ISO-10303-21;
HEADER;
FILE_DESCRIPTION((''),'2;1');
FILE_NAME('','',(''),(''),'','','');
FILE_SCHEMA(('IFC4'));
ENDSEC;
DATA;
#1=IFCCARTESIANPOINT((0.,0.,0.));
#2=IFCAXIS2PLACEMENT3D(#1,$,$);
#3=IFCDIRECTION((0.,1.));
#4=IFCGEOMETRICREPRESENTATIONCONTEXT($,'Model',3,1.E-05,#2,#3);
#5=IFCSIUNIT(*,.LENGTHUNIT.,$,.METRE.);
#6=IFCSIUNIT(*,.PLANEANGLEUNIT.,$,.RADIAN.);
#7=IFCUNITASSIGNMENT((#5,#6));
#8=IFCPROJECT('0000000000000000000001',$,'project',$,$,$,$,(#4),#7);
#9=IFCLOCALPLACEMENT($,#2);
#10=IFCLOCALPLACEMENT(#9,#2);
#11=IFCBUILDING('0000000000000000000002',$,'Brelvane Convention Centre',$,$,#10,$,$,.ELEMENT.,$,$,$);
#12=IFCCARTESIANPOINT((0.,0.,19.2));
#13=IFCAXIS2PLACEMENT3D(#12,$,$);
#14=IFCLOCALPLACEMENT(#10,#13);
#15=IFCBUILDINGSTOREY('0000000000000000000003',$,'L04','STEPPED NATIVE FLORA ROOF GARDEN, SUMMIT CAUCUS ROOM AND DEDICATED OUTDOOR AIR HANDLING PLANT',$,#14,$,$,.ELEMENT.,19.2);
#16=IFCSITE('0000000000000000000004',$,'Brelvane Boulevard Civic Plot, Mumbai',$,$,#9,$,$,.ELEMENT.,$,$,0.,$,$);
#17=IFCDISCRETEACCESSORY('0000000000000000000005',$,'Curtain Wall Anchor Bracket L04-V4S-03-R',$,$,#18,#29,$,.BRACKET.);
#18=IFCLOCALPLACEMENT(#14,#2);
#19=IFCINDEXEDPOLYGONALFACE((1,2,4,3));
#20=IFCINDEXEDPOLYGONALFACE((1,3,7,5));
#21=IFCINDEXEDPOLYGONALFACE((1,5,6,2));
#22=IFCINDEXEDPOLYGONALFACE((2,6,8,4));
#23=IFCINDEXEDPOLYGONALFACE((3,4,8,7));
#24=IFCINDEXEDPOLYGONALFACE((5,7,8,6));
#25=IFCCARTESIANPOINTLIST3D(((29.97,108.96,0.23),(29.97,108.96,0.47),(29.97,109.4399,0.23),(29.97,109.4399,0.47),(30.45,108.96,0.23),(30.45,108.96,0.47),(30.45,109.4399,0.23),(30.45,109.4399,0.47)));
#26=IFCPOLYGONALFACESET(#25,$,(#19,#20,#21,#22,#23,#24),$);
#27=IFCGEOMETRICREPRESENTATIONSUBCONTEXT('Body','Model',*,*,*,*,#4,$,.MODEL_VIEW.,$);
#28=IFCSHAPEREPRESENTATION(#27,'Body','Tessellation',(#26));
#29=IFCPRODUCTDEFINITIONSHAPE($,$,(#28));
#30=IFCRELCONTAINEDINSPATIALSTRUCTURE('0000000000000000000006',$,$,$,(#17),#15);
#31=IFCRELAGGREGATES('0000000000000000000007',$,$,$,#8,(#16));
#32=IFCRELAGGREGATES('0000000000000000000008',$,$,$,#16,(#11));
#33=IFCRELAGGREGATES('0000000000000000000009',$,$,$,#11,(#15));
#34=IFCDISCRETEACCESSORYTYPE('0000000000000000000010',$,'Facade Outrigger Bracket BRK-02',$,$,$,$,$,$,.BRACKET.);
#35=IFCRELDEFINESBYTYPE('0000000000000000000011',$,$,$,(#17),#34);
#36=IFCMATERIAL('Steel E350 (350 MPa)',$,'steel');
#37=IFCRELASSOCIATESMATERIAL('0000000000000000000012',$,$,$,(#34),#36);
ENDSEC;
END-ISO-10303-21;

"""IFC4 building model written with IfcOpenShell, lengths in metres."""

from ifc_helpers import new_model, si_unit, direction, frame, origin, origin_2d, place, context, subcontext, project, spatial, rectangle, extrude, material, type_object, element, save


model = new_model("IFC4")

# Units and contexts
model_context = context("Model", 3, precision=1e-05, world=origin(), true_north=direction((0.0, 1.0)))
body_context = subcontext(model_context, "Body", "Model", "MODEL_VIEW")
ifc_project = project(units=[si_unit("LENGTHUNIT", "METRE"), si_unit("PLANEANGLEUNIT", "RADIAN")], contexts=[model_context])

# Site, building, storey
site_placement = place(None, origin())
site = spatial("IfcSite", under=ifc_project, at=site_placement, Name="Brelvane Boulevard Civic Plot, Mumbai", CompositionType="ELEMENT", RefElevation=0.0)
building_placement = place(site_placement, origin())
building = spatial("IfcBuilding", under=site, at=building_placement, Name="Brelvane Convention Centre", CompositionType="ELEMENT")
storey_placement = place(building_placement, frame((0.0, 0.0, 19.2)))
storey = spatial("IfcBuildingStorey", under=building, at=storey_placement, Name="L04", Description="STEPPED NATIVE FLORA ROOF GARDEN, SUMMIT CAUCUS ROOM AND DEDICATED OUTDOOR AIR HANDLING PLANT", CompositionType="ELEMENT", Elevation=19.2)

# Discrete accessory
ifc_material_1 = material(Name="Steel E350 (350 MPa)", Category="steel")
discrete_accessory_type = type_object("IfcDiscreteAccessoryType", Name="Facade Outrigger Bracket BRK-02", PredefinedType="BRACKET", material=ifc_material_1)
discrete_accessory_placement = place(storey_placement, frame((30.21, 109.2, 0.23), z_axis=(0.0, 0.0, 1.0), x_axis=(1.0, 0.0, 0.0)))
element("IfcDiscreteAccessory", 1, at=discrete_accessory_placement, inside=storey, type_object=discrete_accessory_type, Name="Curtain Wall Anchor Bracket L04-V4S-03-R", PredefinedType="BRACKET", context=body_context, shape_type="SweptSolid", body=[
    extrude(rectangle(XDim=0.48, YDim=0.48, at=origin_2d()), origin(), (0.0, 0.0, 1.0), 0.24),
])

save(model, "model.ifc")
